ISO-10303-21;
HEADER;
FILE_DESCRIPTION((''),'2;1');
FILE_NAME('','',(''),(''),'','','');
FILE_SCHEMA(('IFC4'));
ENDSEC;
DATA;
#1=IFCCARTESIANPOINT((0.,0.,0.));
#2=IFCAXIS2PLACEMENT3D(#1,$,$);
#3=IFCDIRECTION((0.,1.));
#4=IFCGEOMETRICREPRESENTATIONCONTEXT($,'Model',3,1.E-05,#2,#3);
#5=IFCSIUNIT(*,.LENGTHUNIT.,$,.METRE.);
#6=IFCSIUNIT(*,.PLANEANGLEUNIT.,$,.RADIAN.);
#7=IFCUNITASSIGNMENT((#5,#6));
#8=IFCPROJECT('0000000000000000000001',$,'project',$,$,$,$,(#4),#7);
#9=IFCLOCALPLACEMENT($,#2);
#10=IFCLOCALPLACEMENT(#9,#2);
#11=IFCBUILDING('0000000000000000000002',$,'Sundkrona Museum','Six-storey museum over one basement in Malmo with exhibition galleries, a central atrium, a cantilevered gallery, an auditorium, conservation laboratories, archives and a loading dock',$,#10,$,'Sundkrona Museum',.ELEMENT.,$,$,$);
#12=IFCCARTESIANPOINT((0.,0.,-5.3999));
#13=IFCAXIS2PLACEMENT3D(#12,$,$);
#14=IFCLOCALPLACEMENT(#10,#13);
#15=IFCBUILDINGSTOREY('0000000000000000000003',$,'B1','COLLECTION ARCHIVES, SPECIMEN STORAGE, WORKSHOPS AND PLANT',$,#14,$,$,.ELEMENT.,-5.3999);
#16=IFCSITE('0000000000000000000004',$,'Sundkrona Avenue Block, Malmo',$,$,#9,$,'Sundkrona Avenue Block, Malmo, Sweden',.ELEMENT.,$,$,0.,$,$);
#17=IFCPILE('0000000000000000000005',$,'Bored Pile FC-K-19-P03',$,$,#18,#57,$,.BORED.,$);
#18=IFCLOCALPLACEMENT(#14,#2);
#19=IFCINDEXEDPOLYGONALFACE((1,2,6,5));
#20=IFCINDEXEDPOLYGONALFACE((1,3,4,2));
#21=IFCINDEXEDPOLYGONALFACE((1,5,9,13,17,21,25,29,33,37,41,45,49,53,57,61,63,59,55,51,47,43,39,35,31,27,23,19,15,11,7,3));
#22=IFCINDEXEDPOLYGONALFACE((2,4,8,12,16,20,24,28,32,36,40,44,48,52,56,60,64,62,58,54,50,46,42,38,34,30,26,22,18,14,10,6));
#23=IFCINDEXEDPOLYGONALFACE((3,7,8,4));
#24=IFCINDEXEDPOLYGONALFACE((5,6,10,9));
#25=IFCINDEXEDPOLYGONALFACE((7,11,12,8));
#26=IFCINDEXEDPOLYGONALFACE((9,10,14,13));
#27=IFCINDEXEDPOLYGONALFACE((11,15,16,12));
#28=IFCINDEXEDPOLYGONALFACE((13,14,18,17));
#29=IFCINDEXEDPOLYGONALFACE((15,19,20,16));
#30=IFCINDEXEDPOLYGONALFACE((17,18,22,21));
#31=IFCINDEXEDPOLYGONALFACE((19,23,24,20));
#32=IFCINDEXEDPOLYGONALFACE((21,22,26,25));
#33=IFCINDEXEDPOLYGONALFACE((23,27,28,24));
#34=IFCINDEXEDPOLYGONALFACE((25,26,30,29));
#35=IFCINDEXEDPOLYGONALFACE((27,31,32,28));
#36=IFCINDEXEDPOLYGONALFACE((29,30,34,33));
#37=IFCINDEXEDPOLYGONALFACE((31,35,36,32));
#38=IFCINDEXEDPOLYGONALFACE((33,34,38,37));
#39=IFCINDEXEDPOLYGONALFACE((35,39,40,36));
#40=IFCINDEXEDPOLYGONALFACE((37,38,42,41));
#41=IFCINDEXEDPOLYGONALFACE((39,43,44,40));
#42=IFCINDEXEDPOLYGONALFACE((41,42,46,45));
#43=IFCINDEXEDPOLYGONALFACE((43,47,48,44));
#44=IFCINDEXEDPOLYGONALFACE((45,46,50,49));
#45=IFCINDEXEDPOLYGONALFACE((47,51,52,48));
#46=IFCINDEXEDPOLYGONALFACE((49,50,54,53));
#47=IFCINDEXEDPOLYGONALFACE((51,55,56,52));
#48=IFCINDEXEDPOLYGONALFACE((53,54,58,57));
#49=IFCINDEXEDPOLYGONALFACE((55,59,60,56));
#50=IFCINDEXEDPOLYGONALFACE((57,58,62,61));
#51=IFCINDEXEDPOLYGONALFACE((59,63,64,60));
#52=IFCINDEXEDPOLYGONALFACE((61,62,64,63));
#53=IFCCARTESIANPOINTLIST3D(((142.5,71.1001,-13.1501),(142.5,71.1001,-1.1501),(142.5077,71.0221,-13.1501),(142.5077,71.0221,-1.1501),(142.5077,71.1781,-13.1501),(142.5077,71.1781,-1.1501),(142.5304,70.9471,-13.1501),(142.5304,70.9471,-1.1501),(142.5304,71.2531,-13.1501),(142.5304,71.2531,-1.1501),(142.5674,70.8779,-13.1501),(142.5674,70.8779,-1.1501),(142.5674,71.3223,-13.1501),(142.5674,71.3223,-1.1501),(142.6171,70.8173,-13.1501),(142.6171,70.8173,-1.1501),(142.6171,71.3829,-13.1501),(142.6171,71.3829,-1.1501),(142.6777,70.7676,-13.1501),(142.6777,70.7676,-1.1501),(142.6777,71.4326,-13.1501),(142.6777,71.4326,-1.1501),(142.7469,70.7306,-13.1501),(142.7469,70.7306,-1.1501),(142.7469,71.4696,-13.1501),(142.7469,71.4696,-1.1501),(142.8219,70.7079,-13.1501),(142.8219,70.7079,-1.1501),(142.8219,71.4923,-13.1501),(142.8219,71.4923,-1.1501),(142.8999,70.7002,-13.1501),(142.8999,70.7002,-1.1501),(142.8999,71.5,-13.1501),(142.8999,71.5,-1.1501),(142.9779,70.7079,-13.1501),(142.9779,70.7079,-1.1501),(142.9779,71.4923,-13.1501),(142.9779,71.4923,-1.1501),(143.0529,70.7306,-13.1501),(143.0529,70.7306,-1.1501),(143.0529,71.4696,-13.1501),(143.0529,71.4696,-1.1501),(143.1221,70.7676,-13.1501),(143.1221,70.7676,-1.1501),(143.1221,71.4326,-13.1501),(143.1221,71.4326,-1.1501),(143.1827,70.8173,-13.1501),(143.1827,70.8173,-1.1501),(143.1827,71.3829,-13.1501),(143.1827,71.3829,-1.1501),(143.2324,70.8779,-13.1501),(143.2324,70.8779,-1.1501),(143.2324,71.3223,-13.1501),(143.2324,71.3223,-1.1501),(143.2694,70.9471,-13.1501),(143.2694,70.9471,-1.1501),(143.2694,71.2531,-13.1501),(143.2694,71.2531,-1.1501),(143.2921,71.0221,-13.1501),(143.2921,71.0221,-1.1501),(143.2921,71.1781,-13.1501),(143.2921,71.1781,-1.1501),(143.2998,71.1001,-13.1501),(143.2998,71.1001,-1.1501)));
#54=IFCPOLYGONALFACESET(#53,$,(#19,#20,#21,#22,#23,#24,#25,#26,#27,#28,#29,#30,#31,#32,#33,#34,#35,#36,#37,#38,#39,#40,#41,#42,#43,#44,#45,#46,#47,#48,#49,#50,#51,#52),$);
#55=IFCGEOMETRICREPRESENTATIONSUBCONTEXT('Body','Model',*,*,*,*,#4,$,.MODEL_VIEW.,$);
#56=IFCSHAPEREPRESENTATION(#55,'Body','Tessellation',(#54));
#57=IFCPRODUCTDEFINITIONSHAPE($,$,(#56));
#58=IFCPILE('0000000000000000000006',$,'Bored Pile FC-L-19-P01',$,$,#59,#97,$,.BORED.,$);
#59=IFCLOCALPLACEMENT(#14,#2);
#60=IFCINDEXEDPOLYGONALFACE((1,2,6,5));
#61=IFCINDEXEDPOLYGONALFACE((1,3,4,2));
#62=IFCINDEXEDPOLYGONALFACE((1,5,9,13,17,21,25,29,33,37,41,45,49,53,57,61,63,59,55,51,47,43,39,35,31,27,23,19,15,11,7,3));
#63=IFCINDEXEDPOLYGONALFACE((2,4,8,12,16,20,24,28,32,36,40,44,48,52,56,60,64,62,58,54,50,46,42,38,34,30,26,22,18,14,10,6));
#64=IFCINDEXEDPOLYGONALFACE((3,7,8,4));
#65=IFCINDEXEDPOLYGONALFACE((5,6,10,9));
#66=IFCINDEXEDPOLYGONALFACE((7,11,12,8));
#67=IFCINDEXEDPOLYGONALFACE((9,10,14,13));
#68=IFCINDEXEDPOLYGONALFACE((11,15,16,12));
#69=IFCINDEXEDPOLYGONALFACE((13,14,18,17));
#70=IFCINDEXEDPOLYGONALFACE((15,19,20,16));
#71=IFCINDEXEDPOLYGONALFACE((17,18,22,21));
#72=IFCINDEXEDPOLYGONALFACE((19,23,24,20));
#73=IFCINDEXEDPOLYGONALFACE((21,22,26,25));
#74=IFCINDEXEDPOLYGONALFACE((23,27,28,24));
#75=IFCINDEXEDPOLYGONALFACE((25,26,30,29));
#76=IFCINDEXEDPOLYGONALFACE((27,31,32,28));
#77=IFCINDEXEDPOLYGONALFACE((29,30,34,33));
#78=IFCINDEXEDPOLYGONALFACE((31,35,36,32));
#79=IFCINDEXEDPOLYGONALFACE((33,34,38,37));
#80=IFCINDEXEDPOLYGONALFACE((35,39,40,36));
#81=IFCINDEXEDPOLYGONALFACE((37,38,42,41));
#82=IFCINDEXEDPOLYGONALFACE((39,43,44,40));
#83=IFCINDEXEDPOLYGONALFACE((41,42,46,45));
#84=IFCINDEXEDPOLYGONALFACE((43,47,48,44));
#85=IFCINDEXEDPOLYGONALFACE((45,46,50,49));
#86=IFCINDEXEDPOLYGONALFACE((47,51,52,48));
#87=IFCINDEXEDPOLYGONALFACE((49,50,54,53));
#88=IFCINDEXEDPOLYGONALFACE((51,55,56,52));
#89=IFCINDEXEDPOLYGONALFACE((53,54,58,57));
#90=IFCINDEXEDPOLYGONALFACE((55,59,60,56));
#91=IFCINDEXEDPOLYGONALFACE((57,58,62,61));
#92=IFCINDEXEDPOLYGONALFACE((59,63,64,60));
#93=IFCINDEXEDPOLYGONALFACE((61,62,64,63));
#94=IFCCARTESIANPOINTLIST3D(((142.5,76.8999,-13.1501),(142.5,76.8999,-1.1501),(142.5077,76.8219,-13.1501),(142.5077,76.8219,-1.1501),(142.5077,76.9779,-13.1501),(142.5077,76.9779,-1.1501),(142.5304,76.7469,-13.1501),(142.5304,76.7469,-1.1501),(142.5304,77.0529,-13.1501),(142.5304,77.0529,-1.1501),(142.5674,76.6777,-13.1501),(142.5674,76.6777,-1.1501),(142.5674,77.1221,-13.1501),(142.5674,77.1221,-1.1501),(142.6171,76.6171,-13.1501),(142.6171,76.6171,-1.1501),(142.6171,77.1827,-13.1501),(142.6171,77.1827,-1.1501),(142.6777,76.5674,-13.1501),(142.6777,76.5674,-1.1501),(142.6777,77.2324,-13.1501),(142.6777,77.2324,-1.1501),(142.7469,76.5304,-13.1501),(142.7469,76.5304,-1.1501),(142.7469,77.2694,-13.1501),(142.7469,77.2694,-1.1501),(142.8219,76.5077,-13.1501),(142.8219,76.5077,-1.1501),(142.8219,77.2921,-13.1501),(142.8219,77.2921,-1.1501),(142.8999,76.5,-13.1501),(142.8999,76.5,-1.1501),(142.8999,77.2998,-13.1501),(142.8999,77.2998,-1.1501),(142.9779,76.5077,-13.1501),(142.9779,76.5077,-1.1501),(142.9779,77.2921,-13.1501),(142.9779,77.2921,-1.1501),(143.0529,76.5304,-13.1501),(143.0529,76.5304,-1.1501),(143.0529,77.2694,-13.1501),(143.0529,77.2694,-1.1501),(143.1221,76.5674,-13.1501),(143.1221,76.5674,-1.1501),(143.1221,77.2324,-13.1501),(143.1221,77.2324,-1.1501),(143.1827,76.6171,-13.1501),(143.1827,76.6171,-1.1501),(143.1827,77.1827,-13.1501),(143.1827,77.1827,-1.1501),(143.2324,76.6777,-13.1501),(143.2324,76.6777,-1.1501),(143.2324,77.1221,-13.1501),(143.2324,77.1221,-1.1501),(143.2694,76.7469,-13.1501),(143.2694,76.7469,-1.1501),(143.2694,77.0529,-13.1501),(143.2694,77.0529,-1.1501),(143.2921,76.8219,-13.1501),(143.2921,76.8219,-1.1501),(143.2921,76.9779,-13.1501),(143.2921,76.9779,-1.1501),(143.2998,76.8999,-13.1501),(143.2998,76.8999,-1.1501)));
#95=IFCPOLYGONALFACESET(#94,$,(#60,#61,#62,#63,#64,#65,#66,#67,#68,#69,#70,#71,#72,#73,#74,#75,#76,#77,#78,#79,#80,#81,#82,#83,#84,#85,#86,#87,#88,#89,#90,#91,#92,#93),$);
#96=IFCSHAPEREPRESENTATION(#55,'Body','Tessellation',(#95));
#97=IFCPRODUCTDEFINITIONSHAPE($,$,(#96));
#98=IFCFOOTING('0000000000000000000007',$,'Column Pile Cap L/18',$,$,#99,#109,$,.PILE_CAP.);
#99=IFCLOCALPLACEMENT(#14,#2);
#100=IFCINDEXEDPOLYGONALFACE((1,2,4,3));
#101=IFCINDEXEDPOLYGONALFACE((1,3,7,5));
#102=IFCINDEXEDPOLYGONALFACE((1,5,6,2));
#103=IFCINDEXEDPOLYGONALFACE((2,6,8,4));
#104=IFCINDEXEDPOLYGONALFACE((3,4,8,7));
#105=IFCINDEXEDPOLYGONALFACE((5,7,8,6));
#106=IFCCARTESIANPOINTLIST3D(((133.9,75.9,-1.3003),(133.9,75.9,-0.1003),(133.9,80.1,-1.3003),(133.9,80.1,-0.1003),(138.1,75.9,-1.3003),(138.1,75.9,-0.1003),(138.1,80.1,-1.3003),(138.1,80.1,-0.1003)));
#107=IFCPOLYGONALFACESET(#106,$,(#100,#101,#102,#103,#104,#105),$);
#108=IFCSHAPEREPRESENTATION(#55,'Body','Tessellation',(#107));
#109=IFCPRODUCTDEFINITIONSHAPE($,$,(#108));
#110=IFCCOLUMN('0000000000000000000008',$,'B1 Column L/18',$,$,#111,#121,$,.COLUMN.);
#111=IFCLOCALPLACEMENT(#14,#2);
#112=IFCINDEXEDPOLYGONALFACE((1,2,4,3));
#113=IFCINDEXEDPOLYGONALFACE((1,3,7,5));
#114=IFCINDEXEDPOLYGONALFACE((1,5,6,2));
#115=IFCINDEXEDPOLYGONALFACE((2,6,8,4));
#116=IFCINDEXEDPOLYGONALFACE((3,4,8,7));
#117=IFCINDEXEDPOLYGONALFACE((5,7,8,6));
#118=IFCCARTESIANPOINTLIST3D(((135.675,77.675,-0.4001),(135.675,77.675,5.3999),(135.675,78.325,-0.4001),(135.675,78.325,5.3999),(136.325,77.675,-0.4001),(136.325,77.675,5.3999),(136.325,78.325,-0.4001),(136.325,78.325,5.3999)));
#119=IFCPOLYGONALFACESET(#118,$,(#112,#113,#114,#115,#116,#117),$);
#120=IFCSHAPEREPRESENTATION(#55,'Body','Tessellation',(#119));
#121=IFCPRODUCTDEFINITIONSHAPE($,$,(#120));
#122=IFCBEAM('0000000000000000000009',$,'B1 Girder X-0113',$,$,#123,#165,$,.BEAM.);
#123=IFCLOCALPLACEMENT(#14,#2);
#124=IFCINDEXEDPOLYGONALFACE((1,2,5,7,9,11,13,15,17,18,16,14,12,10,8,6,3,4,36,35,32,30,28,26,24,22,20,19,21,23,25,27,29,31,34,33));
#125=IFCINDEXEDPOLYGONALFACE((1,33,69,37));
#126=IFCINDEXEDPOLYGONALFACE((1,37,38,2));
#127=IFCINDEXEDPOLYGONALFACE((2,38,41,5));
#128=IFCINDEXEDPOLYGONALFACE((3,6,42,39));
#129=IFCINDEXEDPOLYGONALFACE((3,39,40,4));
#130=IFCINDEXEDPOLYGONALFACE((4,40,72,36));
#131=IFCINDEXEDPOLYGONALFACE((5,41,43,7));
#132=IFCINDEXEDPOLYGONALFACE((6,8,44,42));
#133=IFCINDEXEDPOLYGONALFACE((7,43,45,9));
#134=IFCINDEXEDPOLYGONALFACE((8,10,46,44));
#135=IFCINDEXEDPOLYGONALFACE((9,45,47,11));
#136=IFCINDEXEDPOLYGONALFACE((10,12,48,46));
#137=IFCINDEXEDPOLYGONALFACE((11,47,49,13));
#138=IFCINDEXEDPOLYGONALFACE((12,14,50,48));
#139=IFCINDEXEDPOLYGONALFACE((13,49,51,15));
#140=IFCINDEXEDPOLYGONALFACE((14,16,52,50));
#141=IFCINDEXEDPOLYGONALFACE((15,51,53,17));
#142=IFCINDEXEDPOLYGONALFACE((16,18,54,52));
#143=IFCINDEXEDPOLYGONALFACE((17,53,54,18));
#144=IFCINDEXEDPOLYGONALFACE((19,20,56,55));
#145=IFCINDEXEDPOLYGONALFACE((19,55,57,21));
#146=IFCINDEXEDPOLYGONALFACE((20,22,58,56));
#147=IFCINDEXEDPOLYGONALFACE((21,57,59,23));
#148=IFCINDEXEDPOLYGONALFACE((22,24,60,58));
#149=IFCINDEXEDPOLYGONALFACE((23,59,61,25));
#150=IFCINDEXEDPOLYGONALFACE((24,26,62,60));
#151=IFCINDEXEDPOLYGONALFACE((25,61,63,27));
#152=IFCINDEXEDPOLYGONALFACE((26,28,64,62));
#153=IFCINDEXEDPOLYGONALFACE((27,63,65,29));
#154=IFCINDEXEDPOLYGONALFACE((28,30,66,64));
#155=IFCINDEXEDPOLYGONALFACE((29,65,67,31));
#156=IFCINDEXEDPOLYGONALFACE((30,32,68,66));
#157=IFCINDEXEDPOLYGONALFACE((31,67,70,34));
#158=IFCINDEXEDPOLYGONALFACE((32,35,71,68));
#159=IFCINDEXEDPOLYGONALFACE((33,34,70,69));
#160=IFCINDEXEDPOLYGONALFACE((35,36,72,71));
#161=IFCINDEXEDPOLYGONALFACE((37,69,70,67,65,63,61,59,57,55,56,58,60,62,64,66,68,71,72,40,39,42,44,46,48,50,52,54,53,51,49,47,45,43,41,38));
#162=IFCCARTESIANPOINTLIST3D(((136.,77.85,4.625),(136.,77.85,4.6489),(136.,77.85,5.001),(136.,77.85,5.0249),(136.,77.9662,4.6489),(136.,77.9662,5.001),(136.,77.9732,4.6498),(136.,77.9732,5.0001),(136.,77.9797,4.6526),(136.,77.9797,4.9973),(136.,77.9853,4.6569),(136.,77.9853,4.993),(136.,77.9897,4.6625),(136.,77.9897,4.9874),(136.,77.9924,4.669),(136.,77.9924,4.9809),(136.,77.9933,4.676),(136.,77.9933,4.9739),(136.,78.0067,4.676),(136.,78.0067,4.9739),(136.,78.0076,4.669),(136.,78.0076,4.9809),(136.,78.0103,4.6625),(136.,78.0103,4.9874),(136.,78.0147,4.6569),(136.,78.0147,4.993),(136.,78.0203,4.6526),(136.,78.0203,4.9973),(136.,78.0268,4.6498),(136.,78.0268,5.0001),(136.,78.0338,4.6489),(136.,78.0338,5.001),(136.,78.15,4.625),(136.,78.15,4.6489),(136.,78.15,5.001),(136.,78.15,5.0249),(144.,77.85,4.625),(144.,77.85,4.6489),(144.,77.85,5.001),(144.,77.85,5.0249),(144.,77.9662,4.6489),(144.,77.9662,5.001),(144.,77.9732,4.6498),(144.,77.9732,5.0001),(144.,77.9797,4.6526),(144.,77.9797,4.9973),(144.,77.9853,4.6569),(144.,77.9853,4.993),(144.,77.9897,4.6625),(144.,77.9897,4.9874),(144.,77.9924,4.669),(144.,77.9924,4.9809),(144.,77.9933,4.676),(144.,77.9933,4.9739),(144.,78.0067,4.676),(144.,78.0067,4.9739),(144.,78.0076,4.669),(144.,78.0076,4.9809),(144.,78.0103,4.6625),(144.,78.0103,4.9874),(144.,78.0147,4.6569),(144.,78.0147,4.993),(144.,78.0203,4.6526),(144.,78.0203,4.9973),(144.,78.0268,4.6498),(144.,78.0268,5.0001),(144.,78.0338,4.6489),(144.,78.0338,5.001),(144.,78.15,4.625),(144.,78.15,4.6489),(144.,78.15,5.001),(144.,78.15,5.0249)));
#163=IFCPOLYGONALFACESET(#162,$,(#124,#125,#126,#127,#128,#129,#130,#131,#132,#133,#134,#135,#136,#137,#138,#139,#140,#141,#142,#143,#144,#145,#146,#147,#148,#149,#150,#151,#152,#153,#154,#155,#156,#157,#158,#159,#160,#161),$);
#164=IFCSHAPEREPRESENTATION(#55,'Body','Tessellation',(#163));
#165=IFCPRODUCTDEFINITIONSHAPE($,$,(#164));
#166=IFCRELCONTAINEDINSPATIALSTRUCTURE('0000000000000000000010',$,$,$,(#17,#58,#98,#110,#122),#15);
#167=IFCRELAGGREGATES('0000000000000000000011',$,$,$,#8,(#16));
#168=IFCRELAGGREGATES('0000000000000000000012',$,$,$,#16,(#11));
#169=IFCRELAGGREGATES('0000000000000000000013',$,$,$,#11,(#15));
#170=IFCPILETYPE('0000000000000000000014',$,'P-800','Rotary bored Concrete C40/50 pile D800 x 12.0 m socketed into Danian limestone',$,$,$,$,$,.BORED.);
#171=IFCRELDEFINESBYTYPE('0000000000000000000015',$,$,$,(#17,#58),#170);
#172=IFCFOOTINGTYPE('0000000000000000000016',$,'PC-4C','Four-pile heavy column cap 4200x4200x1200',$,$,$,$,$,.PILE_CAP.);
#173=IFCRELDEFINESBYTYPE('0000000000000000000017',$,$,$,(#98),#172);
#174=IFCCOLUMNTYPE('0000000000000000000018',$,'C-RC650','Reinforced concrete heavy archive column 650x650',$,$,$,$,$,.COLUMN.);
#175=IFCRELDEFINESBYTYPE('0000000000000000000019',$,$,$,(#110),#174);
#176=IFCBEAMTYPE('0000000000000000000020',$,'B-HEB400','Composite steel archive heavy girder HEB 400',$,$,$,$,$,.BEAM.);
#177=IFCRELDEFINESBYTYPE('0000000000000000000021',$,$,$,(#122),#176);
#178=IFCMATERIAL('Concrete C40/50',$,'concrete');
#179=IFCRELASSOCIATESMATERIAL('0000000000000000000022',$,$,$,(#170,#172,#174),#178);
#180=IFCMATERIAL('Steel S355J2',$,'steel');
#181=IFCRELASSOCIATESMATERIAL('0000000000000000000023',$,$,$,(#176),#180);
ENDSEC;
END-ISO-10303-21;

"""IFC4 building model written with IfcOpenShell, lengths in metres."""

from ifc_helpers import new_model, si_unit, direction, frame, origin, origin_2d, place, context, subcontext, project, spatial, rectangle, circle, i_section, extrude, material, material_profile, profile_set, type_object, element, save


model = new_model("IFC4")

# Units and contexts
model_context = context("Model", 3, precision=1e-05, world=origin(), true_north=direction((0.0, 1.0)))
body_context = subcontext(model_context, "Body", "Model", "MODEL_VIEW")
ifc_project = project(units=[si_unit("LENGTHUNIT", "METRE"), si_unit("PLANEANGLEUNIT", "RADIAN")], contexts=[model_context])

# Site, building, storey
site_placement = place(None, origin())
site = spatial("IfcSite", under=ifc_project, at=site_placement, Name="Sundkrona Avenue Block, Malmo", LongName="Sundkrona Avenue Block, Malmo, Sweden", CompositionType="ELEMENT", RefElevation=0.0)
building_placement = place(site_placement, origin())
building = spatial("IfcBuilding", under=site, at=building_placement, Name="Sundkrona Museum", Description="Six-storey museum over one basement in Malmo with exhibition galleries, a central atrium, a cantilevered gallery, an auditorium, conservation laboratories, archives and a loading dock", LongName="Sundkrona Museum", CompositionType="ELEMENT")
storey_placement = place(building_placement, frame((0.0, 0.0, -5.3999)))
storey = spatial("IfcBuildingStorey", under=building, at=storey_placement, Name="B1", Description="COLLECTION ARCHIVES, SPECIMEN STORAGE, WORKSHOPS AND PLANT", CompositionType="ELEMENT", Elevation=-5.3999)

# Shared definitions
ifc_material_1 = material(Name="Concrete C40/50", Category="concrete")

# Piles
ifc_material_profile_1 = material_profile(ifc_material_1, circle(Radius=0.3999, at=origin_2d()), Name="PILE D800")
ifc_profile_set_1 = profile_set([ifc_material_profile_1], Name="Concrete C40/50")
pile_type = type_object("IfcPileType", Name="P-800", Description="Rotary bored Concrete C40/50 pile D800 x 12.0 m socketed into Danian limestone", PredefinedType="BORED", material=ifc_profile_set_1)
for number, where, z_axis, x_axis, name in (
    (1, (142.8999, 71.1001, -1.1501), (0.0, 0.0, -1.0), (1.0, 0.0, 0.0), "Bored Pile FC-K-19-P03"),
    (2, (142.8999, 76.8999, -1.1501), (0.0, 0.0, -1.0), (1.0, 0.0, 0.0), "Bored Pile FC-L-19-P01"),
):
    element("IfcPile", number, at=place(storey_placement, frame(where, z_axis=z_axis, x_axis=x_axis)), inside=storey, type_object=pile_type, Name=name, PredefinedType="BORED", context=body_context, shape_type="SweptSolid", body=[
        extrude(circle(Radius=0.3999, at=origin_2d()), origin(), (0.0, 0.0, 1.0), 12.0),
    ])

# Footing
footing_type_1 = type_object("IfcFootingType", Name="PC-4C", Description="Four-pile heavy column cap 4200x4200x1200", PredefinedType="PILE_CAP", material=ifc_material_1)
footing_1_placement = place(storey_placement, frame((136.0, 78.0, -1.3003), z_axis=(0.0, 0.0, 1.0), x_axis=(1.0, 0.0, 0.0)))
element("IfcFooting", 3, at=footing_1_placement, inside=storey, type_object=footing_type_1, Name="Column Pile Cap L/18", PredefinedType="PILE_CAP", context=body_context, shape_type="SweptSolid", body=[
    extrude(rectangle(XDim=4.2, YDim=4.2, at=origin_2d()), origin(), (0.0, 0.0, 1.0), 1.2),
])

# Column
ifc_material_profile_2 = material_profile(ifc_material_1, rectangle(XDim=0.6499, YDim=0.6499, at=origin_2d()), Name="RC 650x650")
ifc_profile_set_2 = profile_set([ifc_material_profile_2], Name="Concrete C40/50")
column_type = type_object("IfcColumnType", Name="C-RC650", Description="Reinforced concrete heavy archive column 650x650", PredefinedType="COLUMN", material=ifc_profile_set_2)
column_placement = place(storey_placement, frame((136.0, 78.0, -0.4001), z_axis=(0.0, 0.0, 1.0), x_axis=(1.0, 0.0, 0.0)))
element("IfcColumn", 4, at=column_placement, inside=storey, type_object=column_type, Name="B1 Column L/18", PredefinedType="COLUMN", context=body_context, shape_type="SweptSolid", body=[
    extrude(rectangle(XDim=0.6499, YDim=0.6499, at=origin_2d()), origin(), (0.0, 0.0, 1.0), 5.8),
])

# Beam
ifc_material_2 = material(Name="Steel S355J2", Category="steel")
ifc_material_profile_3 = material_profile(ifc_material_2, i_section(OverallWidth=0.3, OverallDepth=0.3999, WebThickness=0.0134, FlangeThickness=0.0239, FilletRadius=0.0271, at=origin_2d()), Name="HEB 400")
ifc_profile_set_3 = profile_set([ifc_material_profile_3], Name="Steel S355J2")
beam_type_1 = type_object("IfcBeamType", Name="B-HEB400", Description="Composite steel archive heavy girder HEB 400", PredefinedType="BEAM", material=ifc_profile_set_3)
for number, where, z_axis, x_axis, name in (
    (5, (136.0, 78.0, 4.825), (1.0, 0.0, 0.0), (0.0, 1.0, 0.0), "B1 Girder X-0113"),
):
    element("IfcBeam", number, at=place(storey_placement, frame(where, z_axis=z_axis, x_axis=x_axis)), inside=storey, type_object=beam_type_1, Name=name, PredefinedType="BEAM", context=body_context, shape_type="SweptSolid", body=[
        extrude(i_section(OverallWidth=0.3, OverallDepth=0.3999, WebThickness=0.0134, FlangeThickness=0.0239, FilletRadius=0.0271, at=origin_2d()), origin(), (0.0, 0.0, 1.0), 8.0),
    ])

save(model, "model.ifc")
